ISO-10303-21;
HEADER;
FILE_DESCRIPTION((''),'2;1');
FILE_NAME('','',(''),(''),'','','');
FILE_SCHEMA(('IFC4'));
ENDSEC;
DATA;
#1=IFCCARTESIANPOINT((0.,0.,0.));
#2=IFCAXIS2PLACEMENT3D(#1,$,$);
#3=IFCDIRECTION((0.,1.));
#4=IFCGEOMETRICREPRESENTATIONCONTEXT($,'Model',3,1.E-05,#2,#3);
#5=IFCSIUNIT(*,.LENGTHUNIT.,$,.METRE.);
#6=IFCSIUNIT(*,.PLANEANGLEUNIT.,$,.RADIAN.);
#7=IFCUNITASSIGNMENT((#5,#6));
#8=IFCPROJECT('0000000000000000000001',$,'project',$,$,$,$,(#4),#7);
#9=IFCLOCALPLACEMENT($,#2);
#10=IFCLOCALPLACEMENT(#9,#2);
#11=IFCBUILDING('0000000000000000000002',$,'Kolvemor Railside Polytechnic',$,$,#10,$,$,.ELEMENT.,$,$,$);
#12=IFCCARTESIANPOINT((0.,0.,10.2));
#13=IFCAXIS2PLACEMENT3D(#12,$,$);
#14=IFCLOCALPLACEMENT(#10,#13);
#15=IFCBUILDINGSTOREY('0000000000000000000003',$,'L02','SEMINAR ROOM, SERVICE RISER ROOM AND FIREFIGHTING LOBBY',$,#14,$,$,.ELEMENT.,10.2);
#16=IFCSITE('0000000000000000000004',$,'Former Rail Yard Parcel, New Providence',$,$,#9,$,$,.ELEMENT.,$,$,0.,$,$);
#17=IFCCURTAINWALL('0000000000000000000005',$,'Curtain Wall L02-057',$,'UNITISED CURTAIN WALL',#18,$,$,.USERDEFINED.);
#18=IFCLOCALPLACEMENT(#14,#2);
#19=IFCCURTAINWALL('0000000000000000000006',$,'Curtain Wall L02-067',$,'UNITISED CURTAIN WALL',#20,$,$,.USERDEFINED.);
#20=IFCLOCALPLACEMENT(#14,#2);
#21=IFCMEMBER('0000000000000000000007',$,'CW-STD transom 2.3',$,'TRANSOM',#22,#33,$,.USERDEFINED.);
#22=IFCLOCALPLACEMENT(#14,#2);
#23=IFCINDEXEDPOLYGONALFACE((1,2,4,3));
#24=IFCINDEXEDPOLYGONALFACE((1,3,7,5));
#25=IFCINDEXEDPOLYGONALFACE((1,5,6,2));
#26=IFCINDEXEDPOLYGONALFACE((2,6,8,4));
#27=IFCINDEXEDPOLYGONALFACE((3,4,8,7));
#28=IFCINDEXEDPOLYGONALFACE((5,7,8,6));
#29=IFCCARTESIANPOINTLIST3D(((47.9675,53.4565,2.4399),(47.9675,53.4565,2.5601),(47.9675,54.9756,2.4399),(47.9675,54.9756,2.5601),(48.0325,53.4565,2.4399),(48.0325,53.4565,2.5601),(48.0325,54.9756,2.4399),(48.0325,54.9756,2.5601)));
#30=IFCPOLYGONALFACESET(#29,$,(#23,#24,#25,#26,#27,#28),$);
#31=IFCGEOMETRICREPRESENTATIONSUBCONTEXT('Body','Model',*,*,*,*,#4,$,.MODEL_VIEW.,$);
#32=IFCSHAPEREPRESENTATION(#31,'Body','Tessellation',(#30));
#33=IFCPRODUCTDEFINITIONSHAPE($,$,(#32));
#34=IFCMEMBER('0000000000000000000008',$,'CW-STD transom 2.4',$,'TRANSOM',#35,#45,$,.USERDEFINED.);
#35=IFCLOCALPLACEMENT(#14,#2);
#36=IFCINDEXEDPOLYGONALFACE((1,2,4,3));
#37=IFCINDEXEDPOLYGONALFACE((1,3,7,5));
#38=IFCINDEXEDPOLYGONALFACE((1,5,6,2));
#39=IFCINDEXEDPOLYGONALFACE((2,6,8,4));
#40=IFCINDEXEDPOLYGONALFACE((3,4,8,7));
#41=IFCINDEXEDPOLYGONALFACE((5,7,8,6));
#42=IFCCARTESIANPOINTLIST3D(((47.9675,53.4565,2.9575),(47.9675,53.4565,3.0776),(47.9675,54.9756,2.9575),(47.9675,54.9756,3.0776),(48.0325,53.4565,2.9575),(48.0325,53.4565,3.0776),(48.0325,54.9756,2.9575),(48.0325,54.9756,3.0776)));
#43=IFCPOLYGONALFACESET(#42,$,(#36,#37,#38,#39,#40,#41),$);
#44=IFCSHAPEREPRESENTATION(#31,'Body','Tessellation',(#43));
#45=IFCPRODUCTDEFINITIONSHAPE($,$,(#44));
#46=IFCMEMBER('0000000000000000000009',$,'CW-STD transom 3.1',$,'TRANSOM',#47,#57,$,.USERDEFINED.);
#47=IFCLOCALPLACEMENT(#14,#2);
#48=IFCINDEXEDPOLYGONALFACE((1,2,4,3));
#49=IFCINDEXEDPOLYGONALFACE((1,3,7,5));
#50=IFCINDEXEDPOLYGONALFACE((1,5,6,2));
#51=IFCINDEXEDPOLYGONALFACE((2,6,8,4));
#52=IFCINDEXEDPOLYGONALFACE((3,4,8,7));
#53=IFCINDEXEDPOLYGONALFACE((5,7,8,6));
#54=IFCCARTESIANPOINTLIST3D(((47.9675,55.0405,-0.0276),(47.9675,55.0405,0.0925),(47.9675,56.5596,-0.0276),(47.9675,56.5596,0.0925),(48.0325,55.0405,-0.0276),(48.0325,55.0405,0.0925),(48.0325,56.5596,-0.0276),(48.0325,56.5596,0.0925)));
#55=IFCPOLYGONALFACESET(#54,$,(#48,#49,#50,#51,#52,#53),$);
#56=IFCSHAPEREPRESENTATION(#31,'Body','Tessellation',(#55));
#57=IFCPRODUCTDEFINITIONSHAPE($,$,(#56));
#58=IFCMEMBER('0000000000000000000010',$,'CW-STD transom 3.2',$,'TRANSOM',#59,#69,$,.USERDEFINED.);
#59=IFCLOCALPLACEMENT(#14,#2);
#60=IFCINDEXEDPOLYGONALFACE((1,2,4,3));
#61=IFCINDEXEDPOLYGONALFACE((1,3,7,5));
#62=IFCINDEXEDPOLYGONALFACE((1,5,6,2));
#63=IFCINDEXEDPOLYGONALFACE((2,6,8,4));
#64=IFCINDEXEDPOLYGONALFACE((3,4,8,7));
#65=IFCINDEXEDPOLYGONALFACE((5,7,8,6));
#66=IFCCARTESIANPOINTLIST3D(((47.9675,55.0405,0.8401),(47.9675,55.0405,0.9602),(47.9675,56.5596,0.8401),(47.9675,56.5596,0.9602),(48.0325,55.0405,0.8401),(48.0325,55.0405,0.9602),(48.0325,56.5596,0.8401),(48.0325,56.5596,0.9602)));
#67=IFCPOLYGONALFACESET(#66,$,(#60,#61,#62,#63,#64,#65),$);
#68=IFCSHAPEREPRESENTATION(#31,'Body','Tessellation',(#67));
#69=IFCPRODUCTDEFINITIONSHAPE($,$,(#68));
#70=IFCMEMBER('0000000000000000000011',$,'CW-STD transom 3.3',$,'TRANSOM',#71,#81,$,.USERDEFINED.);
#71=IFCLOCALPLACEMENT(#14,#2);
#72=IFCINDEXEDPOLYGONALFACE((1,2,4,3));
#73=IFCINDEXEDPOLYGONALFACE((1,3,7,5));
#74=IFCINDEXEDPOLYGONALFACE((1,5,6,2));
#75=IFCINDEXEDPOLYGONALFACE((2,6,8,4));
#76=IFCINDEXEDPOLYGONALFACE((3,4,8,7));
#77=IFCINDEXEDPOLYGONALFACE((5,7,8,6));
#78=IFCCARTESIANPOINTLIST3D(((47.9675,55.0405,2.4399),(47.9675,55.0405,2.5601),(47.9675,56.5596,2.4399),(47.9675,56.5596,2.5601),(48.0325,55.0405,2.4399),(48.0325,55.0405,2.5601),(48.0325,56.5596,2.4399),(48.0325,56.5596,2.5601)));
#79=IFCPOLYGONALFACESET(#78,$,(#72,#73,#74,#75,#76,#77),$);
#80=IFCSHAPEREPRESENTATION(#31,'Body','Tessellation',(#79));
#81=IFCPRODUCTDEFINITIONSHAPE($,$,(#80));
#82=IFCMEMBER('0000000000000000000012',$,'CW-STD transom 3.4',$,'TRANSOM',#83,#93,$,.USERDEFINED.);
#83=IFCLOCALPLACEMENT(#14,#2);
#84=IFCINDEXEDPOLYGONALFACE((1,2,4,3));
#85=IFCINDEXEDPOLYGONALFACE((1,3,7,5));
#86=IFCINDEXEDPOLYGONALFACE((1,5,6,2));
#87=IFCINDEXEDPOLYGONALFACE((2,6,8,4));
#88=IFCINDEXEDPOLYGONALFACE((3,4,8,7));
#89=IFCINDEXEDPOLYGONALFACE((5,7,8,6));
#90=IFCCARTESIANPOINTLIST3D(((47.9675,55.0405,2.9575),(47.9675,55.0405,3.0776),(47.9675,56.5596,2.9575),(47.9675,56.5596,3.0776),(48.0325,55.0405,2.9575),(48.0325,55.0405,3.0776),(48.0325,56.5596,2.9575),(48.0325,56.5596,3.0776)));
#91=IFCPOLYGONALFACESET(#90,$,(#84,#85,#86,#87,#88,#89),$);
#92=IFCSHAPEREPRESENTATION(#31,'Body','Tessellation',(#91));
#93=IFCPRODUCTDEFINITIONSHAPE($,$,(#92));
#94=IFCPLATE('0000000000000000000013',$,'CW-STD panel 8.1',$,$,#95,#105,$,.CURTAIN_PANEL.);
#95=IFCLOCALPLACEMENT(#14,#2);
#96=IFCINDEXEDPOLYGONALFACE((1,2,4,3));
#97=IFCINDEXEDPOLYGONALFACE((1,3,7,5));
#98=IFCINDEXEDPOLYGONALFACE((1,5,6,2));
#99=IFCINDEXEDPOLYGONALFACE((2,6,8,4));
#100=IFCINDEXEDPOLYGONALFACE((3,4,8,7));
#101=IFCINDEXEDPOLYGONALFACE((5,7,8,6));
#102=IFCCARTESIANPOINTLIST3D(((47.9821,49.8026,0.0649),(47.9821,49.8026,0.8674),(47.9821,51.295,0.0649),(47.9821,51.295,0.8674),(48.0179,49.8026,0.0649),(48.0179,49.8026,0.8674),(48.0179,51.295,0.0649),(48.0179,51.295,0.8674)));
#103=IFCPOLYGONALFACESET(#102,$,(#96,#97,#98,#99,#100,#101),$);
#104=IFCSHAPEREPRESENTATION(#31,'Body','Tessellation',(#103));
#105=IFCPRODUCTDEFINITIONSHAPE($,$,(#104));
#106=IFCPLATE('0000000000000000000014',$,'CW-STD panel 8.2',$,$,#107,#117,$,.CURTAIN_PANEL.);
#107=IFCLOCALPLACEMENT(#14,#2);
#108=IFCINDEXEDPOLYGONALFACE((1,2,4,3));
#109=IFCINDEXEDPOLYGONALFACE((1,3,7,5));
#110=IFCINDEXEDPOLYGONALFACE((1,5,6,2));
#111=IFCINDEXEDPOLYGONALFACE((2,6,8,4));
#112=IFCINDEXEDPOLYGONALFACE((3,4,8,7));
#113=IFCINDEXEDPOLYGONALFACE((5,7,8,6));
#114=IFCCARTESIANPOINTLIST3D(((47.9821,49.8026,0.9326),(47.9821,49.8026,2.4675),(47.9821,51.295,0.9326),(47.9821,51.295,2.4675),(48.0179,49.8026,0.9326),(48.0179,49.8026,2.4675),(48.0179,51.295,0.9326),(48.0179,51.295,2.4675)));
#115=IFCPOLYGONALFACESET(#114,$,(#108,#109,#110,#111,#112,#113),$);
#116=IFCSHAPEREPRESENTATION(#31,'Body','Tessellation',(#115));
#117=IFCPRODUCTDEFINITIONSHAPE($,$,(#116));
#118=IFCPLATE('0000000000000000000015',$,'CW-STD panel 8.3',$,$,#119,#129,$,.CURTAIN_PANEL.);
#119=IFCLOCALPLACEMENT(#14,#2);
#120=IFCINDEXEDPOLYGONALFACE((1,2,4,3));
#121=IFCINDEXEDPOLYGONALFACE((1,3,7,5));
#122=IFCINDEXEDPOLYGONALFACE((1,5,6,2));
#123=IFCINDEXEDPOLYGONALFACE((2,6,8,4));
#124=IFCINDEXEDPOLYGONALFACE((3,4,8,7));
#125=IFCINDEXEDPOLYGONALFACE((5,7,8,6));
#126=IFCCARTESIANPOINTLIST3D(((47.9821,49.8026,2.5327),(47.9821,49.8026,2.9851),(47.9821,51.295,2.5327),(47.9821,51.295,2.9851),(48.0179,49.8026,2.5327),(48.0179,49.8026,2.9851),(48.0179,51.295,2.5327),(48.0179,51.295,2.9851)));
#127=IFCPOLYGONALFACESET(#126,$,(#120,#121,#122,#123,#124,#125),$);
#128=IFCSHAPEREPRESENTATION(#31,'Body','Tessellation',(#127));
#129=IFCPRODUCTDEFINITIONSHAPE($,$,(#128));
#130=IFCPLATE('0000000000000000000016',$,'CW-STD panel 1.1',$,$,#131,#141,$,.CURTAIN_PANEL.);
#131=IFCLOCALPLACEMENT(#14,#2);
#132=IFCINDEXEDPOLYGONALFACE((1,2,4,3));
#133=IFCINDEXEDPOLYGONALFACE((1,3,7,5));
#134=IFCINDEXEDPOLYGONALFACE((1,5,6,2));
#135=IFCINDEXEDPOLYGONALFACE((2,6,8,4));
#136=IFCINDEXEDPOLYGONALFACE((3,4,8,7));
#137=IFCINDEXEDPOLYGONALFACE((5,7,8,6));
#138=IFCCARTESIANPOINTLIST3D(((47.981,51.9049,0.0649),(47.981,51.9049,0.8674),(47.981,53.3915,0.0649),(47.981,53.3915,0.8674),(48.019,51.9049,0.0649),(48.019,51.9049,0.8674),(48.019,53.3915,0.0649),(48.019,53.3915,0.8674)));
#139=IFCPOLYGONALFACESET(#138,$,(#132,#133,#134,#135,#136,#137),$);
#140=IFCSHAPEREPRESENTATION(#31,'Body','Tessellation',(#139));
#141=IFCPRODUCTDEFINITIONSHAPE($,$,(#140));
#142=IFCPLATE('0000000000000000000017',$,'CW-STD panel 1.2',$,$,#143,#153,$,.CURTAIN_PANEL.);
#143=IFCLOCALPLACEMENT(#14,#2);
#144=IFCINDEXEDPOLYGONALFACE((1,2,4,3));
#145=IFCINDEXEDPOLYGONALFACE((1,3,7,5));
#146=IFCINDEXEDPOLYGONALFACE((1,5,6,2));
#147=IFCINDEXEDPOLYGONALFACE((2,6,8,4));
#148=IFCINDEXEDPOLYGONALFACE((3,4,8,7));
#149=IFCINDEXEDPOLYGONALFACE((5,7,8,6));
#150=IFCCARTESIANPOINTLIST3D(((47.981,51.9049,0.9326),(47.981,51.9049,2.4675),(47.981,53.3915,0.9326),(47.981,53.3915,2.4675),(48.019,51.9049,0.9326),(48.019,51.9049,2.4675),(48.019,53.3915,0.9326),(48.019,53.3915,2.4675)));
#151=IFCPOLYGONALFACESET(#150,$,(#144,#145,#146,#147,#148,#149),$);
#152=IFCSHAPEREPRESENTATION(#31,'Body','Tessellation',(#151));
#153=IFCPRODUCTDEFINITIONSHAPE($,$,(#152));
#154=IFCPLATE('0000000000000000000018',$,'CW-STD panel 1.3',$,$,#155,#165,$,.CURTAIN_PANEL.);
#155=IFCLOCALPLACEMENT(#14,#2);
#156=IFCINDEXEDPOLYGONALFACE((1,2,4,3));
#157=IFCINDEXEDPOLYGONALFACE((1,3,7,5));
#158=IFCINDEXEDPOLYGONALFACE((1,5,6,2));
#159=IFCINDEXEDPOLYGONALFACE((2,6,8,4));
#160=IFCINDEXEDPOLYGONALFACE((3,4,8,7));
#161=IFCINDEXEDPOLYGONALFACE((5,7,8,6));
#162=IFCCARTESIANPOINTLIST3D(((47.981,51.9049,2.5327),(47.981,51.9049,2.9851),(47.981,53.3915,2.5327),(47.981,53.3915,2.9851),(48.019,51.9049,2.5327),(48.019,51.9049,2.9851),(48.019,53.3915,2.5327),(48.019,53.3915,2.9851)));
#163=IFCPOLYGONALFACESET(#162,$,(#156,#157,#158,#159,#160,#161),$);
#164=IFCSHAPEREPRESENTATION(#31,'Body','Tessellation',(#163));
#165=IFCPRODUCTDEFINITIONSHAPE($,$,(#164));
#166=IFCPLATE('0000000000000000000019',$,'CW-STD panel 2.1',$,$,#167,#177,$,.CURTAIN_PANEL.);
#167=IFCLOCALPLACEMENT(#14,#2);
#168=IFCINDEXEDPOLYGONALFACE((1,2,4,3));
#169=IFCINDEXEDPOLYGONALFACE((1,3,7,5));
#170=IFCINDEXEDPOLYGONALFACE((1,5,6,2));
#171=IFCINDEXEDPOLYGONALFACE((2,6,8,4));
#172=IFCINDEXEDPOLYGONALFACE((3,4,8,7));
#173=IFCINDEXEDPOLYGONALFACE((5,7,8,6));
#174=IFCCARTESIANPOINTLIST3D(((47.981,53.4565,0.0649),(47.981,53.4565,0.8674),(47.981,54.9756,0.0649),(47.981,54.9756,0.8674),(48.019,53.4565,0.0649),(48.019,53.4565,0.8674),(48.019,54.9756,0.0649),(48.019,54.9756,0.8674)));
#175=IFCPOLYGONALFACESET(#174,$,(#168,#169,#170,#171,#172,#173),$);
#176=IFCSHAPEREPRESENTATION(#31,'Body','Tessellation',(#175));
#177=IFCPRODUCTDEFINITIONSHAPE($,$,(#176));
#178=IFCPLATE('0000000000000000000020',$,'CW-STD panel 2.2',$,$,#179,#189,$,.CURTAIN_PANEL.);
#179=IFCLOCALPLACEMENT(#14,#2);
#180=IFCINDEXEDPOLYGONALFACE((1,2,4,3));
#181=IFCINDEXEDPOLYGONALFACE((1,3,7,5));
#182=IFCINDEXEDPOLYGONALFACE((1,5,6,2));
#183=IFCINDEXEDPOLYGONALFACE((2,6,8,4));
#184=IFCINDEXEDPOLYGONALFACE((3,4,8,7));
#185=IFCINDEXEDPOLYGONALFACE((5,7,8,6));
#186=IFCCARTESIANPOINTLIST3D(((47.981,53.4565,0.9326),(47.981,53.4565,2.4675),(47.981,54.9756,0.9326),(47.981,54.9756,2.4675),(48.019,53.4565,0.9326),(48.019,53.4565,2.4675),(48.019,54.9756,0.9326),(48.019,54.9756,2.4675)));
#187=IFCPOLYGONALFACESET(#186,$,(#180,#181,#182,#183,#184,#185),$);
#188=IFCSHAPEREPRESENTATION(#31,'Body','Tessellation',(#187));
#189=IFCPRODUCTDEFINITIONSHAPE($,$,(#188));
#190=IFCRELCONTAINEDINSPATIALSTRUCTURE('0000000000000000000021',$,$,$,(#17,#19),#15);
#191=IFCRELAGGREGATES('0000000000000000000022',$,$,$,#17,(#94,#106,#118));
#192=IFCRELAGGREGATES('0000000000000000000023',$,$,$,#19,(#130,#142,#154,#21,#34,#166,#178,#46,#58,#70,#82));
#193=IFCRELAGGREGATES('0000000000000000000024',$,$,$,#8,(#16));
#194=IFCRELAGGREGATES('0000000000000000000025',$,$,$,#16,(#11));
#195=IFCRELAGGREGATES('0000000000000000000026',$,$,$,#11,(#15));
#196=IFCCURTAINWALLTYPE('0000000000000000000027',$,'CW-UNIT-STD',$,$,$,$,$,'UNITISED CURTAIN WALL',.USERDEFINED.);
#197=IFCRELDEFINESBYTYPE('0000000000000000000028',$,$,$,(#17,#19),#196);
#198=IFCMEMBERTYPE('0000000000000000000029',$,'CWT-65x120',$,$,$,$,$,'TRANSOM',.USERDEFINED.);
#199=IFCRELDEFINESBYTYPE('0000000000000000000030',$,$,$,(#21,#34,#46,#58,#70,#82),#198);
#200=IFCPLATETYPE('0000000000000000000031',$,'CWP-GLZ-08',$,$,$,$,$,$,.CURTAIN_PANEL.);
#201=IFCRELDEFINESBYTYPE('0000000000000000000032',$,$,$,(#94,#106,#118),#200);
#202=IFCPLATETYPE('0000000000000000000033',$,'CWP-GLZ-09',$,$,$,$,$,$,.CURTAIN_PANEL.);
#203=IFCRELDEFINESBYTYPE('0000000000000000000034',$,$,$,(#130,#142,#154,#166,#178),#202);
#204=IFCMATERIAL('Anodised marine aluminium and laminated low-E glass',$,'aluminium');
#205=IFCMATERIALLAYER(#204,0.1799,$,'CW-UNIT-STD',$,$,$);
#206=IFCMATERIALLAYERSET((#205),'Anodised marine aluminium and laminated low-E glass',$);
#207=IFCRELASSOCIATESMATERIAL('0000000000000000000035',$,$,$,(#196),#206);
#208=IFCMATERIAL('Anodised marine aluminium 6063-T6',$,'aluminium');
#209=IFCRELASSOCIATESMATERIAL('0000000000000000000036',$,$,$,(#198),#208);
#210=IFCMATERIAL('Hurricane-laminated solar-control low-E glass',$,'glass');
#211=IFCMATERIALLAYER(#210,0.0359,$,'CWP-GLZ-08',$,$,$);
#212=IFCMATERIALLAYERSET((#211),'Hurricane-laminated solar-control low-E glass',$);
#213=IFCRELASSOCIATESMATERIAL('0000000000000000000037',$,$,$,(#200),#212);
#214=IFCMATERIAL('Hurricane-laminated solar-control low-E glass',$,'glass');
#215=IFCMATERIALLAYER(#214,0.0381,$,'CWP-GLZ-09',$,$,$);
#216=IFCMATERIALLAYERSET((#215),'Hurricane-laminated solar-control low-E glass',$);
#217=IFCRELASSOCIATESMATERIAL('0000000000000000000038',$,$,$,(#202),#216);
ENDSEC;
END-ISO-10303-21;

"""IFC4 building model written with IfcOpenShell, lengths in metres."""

from ifc_helpers import new_model, si_unit, direction, frame, origin, origin_2d, place, context, subcontext, project, spatial, rectangle, extrude, material, layer, layer_set, material_profile, profile_set, type_object, element, aggregate, save


model = new_model("IFC4")

# Units and contexts
model_context = context("Model", 3, precision=1e-05, world=origin(), true_north=direction((0.0, 1.0)))
body_context = subcontext(model_context, "Body", "Model", "MODEL_VIEW")
ifc_project = project(units=[si_unit("LENGTHUNIT", "METRE"), si_unit("PLANEANGLEUNIT", "RADIAN")], contexts=[model_context])

# Site, building, storey
site_placement = place(None, origin())
site = spatial("IfcSite", under=ifc_project, at=site_placement, Name="Former Rail Yard Parcel, New Providence", CompositionType="ELEMENT", RefElevation=0.0)
building_placement = place(site_placement, origin())
building = spatial("IfcBuilding", under=site, at=building_placement, Name="Kolvemor Railside Polytechnic", CompositionType="ELEMENT")
storey_placement = place(building_placement, frame((0.0, 0.0, 10.2)))
storey = spatial("IfcBuildingStorey", under=building, at=storey_placement, Name="L02", Description="SEMINAR ROOM, SERVICE RISER ROOM AND FIREFIGHTING LOBBY", CompositionType="ELEMENT", Elevation=10.2)

# Curtain wall
ifc_material_1 = material(Name="Anodised marine aluminium and laminated low-E glass", Category="aluminium")
ifc_layer_1 = layer(ifc_material_1, 0.1799, Name="CW-UNIT-STD")
ifc_layer_set_1 = layer_set([ifc_layer_1], Name="Anodised marine aluminium and laminated low-E glass")
curtain_wall_type = type_object("IfcCurtainWallType", Name="CW-UNIT-STD", ElementType="UNITISED CURTAIN WALL", PredefinedType="USERDEFINED", material=ifc_layer_set_1)
curtain_wall_1_placement = place(storey_placement, origin())
curtain_wall_1 = element("IfcCurtainWall", 1, at=curtain_wall_1_placement, inside=storey, type_object=curtain_wall_type, Name="Curtain Wall L02-057", ObjectType="UNITISED CURTAIN WALL", PredefinedType="USERDEFINED")

# Curtain wall
curtain_wall_2_placement = place(storey_placement, origin())
curtain_wall_2 = element("IfcCurtainWall", 2, at=curtain_wall_2_placement, inside=storey, type_object=curtain_wall_type, Name="Curtain Wall L02-067", ObjectType="UNITISED CURTAIN WALL", PredefinedType="USERDEFINED")

# Members
ifc_material_2 = material(Name="Anodised marine aluminium 6063-T6", Category="aluminium")
ifc_material_profile_1 = material_profile(ifc_material_2, rectangle(XDim=0.0649, YDim=0.1201, at=origin_2d()), Name="CW-TRN-65x120")
ifc_profile_set_1 = profile_set([ifc_material_profile_1], Name="Anodised marine aluminium 6063-T6")
member_type_1 = type_object("IfcMemberType", Name="CWT-65x120", ElementType="TRANSOM", PredefinedType="USERDEFINED", material=ifc_profile_set_1)
member_1_placement = place(storey_placement, frame((48.0, 53.4565, 2.5), z_axis=(0.0, 1.0, 0.0), x_axis=(-1.0, 0.0, 0.0)))
member_1 = element("IfcMember", 3, at=member_1_placement, type_object=member_type_1, Name="CW-STD transom 2.3", ObjectType="TRANSOM", PredefinedType="USERDEFINED", context=body_context, shape_type="SweptSolid", body=[
    extrude(rectangle(XDim=0.0649, YDim=0.1201, at=origin_2d()), origin(), (0.0, 0.0, 1.0), 1.519),
])
member_2_placement = place(storey_placement, frame((48.0, 53.4565, 3.0176), z_axis=(0.0, 1.0, 0.0), x_axis=(-1.0, 0.0, 0.0)))
member_2 = element("IfcMember", 4, at=member_2_placement, type_object=member_type_1, Name="CW-STD transom 2.4", ObjectType="TRANSOM", PredefinedType="USERDEFINED", context=body_context, shape_type="SweptSolid", body=[
    extrude(rectangle(XDim=0.0649, YDim=0.1201, at=origin_2d()), origin(), (0.0, 0.0, 1.0), 1.519),
])
member_3_placement = place(storey_placement, frame((48.0, 55.0405, 0.0325), z_axis=(0.0, 1.0, 0.0), x_axis=(-1.0, 0.0, 0.0)))
member_3 = element("IfcMember", 5, at=member_3_placement, type_object=member_type_1, Name="CW-STD transom 3.1", ObjectType="TRANSOM", PredefinedType="USERDEFINED", context=body_context, shape_type="SweptSolid", body=[
    extrude(rectangle(XDim=0.0649, YDim=0.1201, at=origin_2d()), origin(), (0.0, 0.0, 1.0), 1.519),
])
member_4_placement = place(storey_placement, frame((48.0, 55.0405, 0.9001), z_axis=(0.0, 1.0, 0.0), x_axis=(-1.0, 0.0, 0.0)))
member_4 = element("IfcMember", 6, at=member_4_placement, type_object=member_type_1, Name="CW-STD transom 3.2", ObjectType="TRANSOM", PredefinedType="USERDEFINED", context=body_context, shape_type="SweptSolid", body=[
    extrude(rectangle(XDim=0.0649, YDim=0.1201, at=origin_2d()), origin(), (0.0, 0.0, 1.0), 1.519),
])
member_5_placement = place(storey_placement, frame((48.0, 55.0405, 2.5), z_axis=(0.0, 1.0, 0.0), x_axis=(-1.0, 0.0, 0.0)))
member_5 = element("IfcMember", 7, at=member_5_placement, type_object=member_type_1, Name="CW-STD transom 3.3", ObjectType="TRANSOM", PredefinedType="USERDEFINED", context=body_context, shape_type="SweptSolid", body=[
    extrude(rectangle(XDim=0.0649, YDim=0.1201, at=origin_2d()), origin(), (0.0, 0.0, 1.0), 1.519),
])
member_6_placement = place(storey_placement, frame((48.0, 55.0405, 3.0176), z_axis=(0.0, 1.0, 0.0), x_axis=(-1.0, 0.0, 0.0)))
member_6 = element("IfcMember", 8, at=member_6_placement, type_object=member_type_1, Name="CW-STD transom 3.4", ObjectType="TRANSOM", PredefinedType="USERDEFINED", context=body_context, shape_type="SweptSolid", body=[
    extrude(rectangle(XDim=0.0649, YDim=0.1201, at=origin_2d()), origin(), (0.0, 0.0, 1.0), 1.519),
])

# Plates
ifc_material_3 = material(Name="Hurricane-laminated solar-control low-E glass", Category="glass")
ifc_layer_2 = layer(ifc_material_3, 0.0359, Name="CWP-GLZ-08")
ifc_layer_set_2 = layer_set([ifc_layer_2], Name="Hurricane-laminated solar-control low-E glass")
plate_type_1 = type_object("IfcPlateType", Name="CWP-GLZ-08", PredefinedType="CURTAIN_PANEL", material=ifc_layer_set_2)
plate_1_placement = place(storey_placement, frame((48.0, 50.5488, 0.0649), z_axis=(0.0, 0.0, 1.0), x_axis=(0.0, 1.0, 0.0)))
plate_1 = element("IfcPlate", 9, at=plate_1_placement, type_object=plate_type_1, Name="CW-STD panel 8.1", PredefinedType="CURTAIN_PANEL", context=body_context, shape_type="SweptSolid", body=[
    extrude(rectangle(XDim=1.4924, YDim=0.0359, at=origin_2d()), origin(), (0.0, 0.0, 1.0), 0.8025),
])
plate_2_placement = place(storey_placement, frame((48.0, 50.5488, 0.9326), z_axis=(0.0, 0.0, 1.0), x_axis=(0.0, 1.0, 0.0)))
plate_2 = element("IfcPlate", 10, at=plate_2_placement, type_object=plate_type_1, Name="CW-STD panel 8.2", PredefinedType="CURTAIN_PANEL", context=body_context, shape_type="SweptSolid", body=[
    extrude(rectangle(XDim=1.4924, YDim=0.0359, at=origin_2d()), origin(), (0.0, 0.0, 1.0), 1.5349),
])
plate_3_placement = place(storey_placement, frame((48.0, 50.5488, 2.5327), z_axis=(0.0, 0.0, 1.0), x_axis=(0.0, 1.0, 0.0)))
plate_3 = element("IfcPlate", 11, at=plate_3_placement, type_object=plate_type_1, Name="CW-STD panel 8.3", PredefinedType="CURTAIN_PANEL", context=body_context, shape_type="SweptSolid", body=[
    extrude(rectangle(XDim=1.4924, YDim=0.0359, at=origin_2d()), origin(), (0.0, 0.0, 1.0), 0.4524),
])
aggregate(curtain_wall_1, [plate_1, plate_2, plate_3])
ifc_material_4 = material(Name="Hurricane-laminated solar-control low-E glass", Category="glass")
ifc_layer_3 = layer(ifc_material_4, 0.0381, Name="CWP-GLZ-09")
ifc_layer_set_3 = layer_set([ifc_layer_3], Name="Hurricane-laminated solar-control low-E glass")
plate_type_2 = type_object("IfcPlateType", Name="CWP-GLZ-09", PredefinedType="CURTAIN_PANEL", material=ifc_layer_set_3)
plate_4_placement = place(storey_placement, frame((48.0, 52.6482, 0.0649), z_axis=(0.0, 0.0, 1.0), x_axis=(0.0, 1.0, 0.0)))
plate_4 = element("IfcPlate", 12, at=plate_4_placement, type_object=plate_type_2, Name="CW-STD panel 1.1", PredefinedType="CURTAIN_PANEL", context=body_context, shape_type="SweptSolid", body=[
    extrude(rectangle(XDim=1.4866, YDim=0.0381, at=origin_2d()), origin(), (0.0, 0.0, 1.0), 0.8025),
])
plate_5_placement = place(storey_placement, frame((48.0, 52.6482, 0.9326), z_axis=(0.0, 0.0, 1.0), x_axis=(0.0, 1.0, 0.0)))
plate_5 = element("IfcPlate", 13, at=plate_5_placement, type_object=plate_type_2, Name="CW-STD panel 1.2", PredefinedType="CURTAIN_PANEL", context=body_context, shape_type="SweptSolid", body=[
    extrude(rectangle(XDim=1.4866, YDim=0.0381, at=origin_2d()), origin(), (0.0, 0.0, 1.0), 1.5349),
])
plate_6_placement = place(storey_placement, frame((48.0, 52.6482, 2.5327), z_axis=(0.0, 0.0, 1.0), x_axis=(0.0, 1.0, 0.0)))
plate_6 = element("IfcPlate", 14, at=plate_6_placement, type_object=plate_type_2, Name="CW-STD panel 1.3", PredefinedType="CURTAIN_PANEL", context=body_context, shape_type="SweptSolid", body=[
    extrude(rectangle(XDim=1.4866, YDim=0.0381, at=origin_2d()), origin(), (0.0, 0.0, 1.0), 0.4524),
])
plate_7_placement = place(storey_placement, frame((48.0, 54.2161, 0.0649), z_axis=(0.0, 0.0, 1.0), x_axis=(0.0, 1.0, 0.0)))
plate_7 = element("IfcPlate", 15, at=plate_7_placement, type_object=plate_type_2, Name="CW-STD panel 2.1", PredefinedType="CURTAIN_PANEL", context=body_context, shape_type="SweptSolid", body=[
    extrude(rectangle(XDim=1.519, YDim=0.0381, at=origin_2d()), origin(), (0.0, 0.0, 1.0), 0.8025),
])
plate_8_placement = place(storey_placement, frame((48.0, 54.2161, 0.9326), z_axis=(0.0, 0.0, 1.0), x_axis=(0.0, 1.0, 0.0)))
plate_8 = element("IfcPlate", 16, at=plate_8_placement, type_object=plate_type_2, Name="CW-STD panel 2.2", PredefinedType="CURTAIN_PANEL", context=body_context, shape_type="SweptSolid", body=[
    extrude(rectangle(XDim=1.519, YDim=0.0381, at=origin_2d()), origin(), (0.0, 0.0, 1.0), 1.5349),
])
aggregate(curtain_wall_2, [plate_4, plate_5, plate_6, member_1, member_2, plate_7, plate_8, member_3, member_4, member_5, member_6])

save(model, "model.ifc")
